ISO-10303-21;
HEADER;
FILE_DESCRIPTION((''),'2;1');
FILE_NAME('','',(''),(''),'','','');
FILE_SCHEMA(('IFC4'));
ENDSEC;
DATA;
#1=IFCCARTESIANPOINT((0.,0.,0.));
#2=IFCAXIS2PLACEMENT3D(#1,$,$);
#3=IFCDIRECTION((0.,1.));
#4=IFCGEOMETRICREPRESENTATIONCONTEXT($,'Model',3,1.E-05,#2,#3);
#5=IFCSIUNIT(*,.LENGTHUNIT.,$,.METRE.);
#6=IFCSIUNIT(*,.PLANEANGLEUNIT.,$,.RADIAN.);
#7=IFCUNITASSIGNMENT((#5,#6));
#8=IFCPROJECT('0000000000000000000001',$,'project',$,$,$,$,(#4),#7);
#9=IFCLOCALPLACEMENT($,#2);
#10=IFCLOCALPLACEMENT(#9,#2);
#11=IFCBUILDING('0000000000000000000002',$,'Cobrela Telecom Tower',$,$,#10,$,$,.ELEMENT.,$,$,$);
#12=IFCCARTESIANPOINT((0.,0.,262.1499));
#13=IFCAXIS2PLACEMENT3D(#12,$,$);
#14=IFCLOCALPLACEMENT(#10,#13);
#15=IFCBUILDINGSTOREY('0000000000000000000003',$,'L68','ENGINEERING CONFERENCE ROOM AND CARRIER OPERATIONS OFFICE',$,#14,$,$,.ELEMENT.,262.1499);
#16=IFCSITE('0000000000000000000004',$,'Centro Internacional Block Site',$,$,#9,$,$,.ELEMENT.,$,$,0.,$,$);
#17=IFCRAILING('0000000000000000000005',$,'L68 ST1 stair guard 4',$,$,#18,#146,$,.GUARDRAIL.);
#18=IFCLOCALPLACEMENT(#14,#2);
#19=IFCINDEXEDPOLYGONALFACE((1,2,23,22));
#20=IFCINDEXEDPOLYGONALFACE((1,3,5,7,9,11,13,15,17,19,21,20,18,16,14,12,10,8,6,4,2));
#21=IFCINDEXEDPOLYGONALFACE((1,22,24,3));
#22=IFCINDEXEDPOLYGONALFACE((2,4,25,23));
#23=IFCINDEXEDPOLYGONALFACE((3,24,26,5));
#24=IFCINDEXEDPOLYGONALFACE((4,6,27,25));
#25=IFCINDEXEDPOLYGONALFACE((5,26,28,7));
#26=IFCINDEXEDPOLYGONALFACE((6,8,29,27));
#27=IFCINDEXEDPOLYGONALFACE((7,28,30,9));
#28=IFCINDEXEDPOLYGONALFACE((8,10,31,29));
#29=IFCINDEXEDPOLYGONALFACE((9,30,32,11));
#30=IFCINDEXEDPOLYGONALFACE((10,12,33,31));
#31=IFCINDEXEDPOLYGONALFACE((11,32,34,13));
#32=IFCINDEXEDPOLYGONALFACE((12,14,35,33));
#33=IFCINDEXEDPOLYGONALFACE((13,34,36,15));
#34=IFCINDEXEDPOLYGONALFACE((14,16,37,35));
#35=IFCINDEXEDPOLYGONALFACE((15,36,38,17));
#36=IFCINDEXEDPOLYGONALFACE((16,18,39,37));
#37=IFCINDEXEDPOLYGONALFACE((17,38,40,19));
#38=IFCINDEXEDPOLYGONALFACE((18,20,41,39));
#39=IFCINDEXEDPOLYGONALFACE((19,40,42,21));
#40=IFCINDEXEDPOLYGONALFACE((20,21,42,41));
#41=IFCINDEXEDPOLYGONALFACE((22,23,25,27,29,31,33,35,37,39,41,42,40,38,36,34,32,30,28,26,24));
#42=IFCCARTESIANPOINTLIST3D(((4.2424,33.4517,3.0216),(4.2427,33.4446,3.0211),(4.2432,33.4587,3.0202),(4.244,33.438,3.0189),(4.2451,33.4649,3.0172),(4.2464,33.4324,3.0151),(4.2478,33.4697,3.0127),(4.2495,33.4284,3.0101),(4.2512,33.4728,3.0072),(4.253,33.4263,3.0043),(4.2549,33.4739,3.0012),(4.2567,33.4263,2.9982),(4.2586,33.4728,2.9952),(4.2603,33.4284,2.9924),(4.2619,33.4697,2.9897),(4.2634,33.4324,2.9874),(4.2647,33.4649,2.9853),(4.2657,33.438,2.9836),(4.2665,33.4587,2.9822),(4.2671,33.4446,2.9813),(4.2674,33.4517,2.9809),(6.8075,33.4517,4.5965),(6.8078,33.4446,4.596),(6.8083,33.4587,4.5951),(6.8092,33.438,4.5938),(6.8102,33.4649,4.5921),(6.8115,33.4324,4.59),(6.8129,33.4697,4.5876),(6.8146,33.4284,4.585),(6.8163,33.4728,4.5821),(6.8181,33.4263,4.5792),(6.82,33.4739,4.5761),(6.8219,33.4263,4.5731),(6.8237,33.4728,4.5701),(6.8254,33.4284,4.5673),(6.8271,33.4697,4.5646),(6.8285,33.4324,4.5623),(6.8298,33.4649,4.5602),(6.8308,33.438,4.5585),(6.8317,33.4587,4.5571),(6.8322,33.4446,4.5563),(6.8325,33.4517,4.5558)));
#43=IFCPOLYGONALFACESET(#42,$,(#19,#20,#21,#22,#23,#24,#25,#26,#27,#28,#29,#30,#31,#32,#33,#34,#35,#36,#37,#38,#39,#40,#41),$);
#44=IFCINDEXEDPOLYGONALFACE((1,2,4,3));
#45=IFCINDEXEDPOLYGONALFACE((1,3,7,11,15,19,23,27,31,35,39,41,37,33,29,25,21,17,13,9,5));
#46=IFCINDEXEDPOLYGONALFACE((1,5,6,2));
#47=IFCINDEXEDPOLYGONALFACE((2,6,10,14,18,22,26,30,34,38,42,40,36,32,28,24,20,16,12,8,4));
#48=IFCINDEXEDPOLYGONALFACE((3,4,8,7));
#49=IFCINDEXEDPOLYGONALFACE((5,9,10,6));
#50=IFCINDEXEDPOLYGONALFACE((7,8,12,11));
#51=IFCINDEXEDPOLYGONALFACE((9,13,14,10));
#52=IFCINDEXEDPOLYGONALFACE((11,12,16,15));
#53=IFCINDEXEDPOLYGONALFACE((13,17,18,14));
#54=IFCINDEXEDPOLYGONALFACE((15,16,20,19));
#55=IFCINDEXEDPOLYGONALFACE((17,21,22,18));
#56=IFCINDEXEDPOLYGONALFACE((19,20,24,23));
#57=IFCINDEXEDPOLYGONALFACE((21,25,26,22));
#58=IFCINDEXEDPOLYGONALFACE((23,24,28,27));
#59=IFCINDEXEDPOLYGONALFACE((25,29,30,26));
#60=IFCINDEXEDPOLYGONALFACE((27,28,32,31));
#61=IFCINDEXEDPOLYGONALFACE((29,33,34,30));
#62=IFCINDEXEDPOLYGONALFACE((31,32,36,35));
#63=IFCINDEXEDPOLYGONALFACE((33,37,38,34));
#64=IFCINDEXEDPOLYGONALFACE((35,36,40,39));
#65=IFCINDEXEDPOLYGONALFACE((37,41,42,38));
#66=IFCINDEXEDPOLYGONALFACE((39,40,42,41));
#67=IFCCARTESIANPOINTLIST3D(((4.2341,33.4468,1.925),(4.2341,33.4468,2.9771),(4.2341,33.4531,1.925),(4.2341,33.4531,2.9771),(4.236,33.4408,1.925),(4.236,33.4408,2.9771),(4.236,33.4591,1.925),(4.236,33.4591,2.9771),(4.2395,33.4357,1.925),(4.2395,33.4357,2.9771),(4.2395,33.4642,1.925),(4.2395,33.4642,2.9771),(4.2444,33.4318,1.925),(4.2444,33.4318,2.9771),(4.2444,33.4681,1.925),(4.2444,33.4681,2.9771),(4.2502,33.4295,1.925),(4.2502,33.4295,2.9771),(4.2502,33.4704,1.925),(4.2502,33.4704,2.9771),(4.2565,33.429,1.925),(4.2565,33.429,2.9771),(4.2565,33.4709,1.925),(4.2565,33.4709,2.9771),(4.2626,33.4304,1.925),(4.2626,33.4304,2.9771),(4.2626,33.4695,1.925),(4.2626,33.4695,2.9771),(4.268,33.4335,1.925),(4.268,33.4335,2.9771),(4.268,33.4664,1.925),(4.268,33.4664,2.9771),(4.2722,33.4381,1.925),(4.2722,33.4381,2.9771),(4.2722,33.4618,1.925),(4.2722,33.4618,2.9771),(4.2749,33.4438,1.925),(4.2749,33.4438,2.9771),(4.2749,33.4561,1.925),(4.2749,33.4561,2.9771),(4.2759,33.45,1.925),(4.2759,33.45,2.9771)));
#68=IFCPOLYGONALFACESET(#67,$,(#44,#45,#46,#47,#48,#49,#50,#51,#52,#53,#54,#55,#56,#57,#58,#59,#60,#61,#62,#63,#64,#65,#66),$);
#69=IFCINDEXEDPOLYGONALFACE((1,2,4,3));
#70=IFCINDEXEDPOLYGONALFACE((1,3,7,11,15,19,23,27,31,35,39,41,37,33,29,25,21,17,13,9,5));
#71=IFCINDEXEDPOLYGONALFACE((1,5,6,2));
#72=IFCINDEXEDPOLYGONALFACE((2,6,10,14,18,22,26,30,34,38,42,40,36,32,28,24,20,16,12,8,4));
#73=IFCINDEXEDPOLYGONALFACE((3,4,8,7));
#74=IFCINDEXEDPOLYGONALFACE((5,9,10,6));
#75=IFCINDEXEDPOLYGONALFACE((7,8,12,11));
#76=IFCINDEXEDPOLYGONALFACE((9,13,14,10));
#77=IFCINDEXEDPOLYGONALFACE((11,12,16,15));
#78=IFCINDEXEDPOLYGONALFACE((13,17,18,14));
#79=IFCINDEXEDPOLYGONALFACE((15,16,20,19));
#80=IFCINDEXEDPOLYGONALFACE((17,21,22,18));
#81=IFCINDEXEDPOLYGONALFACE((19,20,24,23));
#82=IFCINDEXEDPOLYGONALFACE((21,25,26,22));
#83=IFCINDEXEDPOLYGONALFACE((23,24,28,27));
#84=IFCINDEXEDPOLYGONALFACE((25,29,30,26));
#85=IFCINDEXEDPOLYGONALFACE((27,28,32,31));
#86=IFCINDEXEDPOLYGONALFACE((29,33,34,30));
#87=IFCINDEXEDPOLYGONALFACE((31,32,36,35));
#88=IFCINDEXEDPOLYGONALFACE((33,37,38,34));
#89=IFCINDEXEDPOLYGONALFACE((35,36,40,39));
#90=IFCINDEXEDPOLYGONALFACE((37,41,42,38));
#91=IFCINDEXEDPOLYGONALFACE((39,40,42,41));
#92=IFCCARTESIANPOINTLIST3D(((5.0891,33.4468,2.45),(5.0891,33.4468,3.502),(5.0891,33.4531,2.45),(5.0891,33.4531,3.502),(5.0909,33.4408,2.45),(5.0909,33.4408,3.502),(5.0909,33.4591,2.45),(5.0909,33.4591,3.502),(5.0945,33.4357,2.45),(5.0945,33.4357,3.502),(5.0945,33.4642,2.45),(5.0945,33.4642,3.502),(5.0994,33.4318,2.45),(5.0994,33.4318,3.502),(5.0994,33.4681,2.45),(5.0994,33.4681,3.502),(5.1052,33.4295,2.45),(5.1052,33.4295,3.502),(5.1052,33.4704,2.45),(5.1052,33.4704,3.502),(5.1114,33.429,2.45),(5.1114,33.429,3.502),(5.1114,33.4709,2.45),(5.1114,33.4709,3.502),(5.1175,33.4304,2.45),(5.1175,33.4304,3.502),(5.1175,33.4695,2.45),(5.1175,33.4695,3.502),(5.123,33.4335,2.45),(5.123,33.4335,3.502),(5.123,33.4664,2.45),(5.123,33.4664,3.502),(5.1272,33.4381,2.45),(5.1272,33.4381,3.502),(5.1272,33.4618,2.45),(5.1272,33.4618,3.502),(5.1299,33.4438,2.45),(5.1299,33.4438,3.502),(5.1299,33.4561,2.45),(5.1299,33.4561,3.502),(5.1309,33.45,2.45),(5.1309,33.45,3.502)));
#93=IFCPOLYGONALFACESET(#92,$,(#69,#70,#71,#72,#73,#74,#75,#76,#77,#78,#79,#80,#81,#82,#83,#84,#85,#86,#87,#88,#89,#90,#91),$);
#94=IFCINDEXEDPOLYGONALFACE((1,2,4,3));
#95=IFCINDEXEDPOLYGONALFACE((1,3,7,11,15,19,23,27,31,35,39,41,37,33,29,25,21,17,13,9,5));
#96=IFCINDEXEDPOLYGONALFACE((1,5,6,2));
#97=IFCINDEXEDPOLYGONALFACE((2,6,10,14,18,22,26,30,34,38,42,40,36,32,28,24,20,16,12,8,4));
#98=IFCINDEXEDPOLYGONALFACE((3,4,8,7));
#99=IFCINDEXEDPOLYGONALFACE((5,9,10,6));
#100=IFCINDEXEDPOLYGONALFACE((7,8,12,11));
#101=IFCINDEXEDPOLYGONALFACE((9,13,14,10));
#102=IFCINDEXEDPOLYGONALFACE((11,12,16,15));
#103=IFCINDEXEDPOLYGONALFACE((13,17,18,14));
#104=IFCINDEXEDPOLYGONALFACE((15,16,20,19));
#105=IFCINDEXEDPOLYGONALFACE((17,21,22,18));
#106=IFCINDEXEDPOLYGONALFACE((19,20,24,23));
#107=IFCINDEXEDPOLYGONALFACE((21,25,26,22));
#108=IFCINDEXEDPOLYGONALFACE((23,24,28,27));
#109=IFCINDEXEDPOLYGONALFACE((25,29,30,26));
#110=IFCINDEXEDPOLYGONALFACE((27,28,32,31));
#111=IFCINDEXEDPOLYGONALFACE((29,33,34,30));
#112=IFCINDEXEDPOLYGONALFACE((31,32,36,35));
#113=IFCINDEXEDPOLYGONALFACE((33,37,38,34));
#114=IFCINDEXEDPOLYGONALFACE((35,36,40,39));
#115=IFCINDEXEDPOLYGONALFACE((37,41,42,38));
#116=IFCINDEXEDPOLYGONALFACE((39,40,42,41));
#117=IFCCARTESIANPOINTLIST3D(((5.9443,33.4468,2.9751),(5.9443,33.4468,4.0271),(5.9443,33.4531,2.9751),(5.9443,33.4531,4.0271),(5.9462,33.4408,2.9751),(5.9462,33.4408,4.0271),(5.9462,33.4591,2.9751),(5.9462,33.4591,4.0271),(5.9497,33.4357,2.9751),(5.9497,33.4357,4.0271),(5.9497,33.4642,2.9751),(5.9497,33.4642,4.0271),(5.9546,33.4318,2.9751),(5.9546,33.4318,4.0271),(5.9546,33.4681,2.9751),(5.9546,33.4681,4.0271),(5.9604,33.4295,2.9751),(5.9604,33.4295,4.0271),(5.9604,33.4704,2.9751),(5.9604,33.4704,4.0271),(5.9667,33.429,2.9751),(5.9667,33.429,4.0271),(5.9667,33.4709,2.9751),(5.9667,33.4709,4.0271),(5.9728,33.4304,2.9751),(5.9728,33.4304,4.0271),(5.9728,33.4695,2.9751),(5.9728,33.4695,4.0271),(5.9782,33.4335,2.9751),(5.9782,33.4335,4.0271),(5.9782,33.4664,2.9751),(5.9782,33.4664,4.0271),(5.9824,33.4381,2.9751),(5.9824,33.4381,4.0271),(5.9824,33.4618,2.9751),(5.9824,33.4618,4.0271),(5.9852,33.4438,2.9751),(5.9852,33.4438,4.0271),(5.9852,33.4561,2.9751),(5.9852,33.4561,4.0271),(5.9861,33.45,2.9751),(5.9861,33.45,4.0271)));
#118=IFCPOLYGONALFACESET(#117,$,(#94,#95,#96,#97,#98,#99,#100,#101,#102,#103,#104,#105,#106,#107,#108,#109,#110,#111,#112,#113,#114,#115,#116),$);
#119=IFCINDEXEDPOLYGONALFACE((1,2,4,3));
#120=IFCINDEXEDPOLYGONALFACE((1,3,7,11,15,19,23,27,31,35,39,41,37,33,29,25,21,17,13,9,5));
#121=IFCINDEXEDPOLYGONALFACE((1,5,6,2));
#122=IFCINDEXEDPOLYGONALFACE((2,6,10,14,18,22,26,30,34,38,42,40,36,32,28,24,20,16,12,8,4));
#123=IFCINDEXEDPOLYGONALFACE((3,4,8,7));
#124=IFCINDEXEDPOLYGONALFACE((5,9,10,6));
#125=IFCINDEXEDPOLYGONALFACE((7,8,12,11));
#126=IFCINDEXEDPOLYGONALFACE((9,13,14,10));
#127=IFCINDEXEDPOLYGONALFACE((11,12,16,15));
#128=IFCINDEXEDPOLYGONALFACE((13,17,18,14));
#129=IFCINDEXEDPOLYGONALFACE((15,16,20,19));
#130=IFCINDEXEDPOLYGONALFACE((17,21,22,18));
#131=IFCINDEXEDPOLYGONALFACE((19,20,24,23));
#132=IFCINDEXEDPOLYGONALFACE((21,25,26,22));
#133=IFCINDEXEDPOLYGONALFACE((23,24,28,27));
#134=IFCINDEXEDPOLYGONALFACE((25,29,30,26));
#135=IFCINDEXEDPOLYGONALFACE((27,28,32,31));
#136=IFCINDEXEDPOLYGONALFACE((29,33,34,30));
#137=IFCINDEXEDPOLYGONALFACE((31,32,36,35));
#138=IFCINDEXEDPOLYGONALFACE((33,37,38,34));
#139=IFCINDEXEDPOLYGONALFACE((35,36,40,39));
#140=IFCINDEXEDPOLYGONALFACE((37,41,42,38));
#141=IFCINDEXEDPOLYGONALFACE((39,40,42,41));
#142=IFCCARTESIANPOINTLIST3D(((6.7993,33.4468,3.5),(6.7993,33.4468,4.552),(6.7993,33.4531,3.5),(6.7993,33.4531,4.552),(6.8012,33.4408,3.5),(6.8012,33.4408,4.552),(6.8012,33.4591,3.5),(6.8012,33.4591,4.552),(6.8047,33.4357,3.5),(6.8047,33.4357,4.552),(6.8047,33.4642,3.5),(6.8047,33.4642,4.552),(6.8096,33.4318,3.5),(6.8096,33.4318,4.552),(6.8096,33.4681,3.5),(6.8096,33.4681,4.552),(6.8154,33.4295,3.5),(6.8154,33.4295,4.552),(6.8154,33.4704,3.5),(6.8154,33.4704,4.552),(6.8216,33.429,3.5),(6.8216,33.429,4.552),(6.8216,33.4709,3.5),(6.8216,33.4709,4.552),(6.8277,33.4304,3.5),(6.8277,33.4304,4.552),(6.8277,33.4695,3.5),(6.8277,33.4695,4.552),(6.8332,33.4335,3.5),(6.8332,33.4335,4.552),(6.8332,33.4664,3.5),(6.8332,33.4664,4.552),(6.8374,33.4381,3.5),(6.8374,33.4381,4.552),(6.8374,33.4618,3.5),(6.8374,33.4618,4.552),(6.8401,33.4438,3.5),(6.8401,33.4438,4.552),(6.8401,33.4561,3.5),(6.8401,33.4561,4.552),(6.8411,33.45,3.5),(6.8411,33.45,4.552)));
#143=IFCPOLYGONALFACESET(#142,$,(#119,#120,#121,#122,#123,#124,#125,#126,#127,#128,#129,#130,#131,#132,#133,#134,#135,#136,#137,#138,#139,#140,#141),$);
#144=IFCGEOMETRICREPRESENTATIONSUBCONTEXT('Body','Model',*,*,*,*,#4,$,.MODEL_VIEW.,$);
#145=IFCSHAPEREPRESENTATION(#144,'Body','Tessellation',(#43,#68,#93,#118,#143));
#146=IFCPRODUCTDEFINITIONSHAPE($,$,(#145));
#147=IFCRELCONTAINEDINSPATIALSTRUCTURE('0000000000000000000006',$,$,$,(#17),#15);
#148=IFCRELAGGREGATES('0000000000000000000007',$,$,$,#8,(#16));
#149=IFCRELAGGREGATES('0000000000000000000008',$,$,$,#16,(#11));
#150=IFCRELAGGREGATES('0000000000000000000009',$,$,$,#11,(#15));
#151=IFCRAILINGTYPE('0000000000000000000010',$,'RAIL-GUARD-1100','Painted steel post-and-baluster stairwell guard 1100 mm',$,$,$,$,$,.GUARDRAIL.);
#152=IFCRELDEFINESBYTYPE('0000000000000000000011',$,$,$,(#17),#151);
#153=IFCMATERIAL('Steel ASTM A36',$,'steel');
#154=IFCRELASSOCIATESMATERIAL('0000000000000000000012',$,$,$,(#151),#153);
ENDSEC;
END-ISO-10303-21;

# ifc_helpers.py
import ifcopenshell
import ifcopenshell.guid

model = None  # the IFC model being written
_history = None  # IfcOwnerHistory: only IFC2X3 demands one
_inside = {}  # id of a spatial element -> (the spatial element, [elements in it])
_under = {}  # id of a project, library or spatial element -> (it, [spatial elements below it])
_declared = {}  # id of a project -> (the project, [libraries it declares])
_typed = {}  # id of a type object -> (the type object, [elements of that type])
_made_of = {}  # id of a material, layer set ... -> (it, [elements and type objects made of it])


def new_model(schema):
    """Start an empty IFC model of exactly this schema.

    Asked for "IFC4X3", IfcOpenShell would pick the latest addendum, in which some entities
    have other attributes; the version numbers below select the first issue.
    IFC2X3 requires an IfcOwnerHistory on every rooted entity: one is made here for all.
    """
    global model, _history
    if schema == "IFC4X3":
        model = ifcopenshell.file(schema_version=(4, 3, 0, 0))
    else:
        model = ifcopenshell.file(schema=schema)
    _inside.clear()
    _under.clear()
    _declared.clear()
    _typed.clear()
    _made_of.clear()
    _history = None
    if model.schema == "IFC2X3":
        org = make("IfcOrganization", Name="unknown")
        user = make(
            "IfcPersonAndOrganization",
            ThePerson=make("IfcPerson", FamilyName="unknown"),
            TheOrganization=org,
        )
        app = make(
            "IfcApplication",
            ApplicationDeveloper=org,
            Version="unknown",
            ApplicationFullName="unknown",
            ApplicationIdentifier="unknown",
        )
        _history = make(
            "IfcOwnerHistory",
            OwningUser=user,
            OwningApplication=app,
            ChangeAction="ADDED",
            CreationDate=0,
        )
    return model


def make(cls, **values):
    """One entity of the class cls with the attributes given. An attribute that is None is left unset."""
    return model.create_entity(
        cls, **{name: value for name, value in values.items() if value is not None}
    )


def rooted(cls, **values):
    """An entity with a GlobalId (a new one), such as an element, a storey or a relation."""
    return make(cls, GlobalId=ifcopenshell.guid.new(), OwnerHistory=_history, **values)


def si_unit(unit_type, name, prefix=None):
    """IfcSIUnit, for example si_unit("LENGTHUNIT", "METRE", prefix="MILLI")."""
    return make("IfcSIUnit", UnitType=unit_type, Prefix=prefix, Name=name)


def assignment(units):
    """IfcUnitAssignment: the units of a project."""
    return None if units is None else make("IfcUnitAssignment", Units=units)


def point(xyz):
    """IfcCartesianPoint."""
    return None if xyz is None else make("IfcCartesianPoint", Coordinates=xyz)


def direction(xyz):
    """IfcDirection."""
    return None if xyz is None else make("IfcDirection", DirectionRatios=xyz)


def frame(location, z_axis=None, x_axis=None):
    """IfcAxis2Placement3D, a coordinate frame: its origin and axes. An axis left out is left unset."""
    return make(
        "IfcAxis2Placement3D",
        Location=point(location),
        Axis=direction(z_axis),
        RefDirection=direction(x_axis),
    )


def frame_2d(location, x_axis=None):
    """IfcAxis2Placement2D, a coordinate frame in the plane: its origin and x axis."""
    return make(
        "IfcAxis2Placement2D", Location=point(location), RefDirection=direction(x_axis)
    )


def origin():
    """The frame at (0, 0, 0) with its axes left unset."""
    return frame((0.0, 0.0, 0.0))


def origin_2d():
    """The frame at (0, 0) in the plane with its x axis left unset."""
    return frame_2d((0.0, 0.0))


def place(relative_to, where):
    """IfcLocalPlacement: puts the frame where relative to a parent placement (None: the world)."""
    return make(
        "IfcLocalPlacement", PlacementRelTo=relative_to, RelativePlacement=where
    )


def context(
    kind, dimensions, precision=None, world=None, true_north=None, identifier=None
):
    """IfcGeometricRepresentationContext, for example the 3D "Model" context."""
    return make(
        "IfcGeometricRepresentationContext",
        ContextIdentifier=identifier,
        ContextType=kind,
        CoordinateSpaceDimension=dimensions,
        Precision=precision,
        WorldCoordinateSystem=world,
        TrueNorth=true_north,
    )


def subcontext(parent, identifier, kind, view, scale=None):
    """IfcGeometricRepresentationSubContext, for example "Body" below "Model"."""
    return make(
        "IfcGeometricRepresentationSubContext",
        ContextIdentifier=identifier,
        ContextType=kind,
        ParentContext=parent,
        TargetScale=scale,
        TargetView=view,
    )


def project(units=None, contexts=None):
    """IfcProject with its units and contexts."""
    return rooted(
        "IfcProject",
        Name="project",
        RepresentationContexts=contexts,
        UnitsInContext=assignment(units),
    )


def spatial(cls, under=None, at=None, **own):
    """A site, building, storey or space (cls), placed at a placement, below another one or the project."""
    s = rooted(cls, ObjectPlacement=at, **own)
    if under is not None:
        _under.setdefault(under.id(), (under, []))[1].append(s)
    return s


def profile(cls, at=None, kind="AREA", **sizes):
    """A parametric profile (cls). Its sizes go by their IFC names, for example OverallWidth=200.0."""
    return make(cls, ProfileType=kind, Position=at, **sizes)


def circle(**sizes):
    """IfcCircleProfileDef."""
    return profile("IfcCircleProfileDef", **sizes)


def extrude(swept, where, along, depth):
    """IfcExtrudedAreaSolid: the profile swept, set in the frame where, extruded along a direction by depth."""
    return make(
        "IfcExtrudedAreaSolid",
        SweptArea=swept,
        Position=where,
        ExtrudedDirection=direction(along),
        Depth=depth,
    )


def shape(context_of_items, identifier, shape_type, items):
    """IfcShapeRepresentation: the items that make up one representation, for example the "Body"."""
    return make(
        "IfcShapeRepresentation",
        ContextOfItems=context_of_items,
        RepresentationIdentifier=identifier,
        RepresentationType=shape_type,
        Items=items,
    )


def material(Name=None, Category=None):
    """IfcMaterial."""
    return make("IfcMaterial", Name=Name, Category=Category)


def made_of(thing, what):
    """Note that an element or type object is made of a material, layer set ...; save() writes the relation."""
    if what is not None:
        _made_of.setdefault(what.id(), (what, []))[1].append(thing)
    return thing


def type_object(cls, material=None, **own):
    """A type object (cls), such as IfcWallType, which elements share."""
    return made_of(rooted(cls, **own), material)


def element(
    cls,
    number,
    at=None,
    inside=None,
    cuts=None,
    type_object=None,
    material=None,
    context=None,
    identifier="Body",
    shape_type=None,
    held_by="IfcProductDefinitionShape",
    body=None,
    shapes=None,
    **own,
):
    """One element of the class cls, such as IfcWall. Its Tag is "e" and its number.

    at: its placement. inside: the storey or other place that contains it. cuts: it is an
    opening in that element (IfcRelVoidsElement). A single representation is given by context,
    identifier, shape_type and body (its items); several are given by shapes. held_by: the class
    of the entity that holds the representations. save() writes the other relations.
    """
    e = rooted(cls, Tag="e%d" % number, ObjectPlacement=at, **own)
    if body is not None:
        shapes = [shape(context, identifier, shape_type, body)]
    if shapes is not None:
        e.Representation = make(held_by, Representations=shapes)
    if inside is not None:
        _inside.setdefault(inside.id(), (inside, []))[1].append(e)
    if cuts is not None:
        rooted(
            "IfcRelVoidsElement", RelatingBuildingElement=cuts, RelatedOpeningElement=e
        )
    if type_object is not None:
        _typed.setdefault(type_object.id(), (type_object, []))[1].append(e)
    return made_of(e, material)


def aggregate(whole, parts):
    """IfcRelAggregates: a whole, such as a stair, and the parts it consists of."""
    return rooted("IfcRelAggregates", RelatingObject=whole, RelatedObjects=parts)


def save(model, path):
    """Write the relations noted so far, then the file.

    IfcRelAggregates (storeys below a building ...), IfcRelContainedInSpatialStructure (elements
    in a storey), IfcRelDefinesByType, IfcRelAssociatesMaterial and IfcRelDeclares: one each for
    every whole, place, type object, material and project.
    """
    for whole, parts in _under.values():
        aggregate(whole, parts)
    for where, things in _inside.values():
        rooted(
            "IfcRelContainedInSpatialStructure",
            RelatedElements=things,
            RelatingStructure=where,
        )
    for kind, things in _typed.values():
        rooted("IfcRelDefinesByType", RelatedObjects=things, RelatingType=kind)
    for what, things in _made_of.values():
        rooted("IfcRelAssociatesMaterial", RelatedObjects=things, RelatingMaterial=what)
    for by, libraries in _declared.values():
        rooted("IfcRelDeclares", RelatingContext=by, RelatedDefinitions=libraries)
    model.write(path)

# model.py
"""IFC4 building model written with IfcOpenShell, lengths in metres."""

from ifc_helpers import new_model, si_unit, direction, frame, origin, origin_2d, place, context, subcontext, project, spatial, circle, extrude, material, type_object, element, save


model = new_model("IFC4")

# Units and contexts
model_context = context("Model", 3, precision=1e-05, world=origin(), true_north=direction((0.0, 1.0)))
body_context = subcontext(model_context, "Body", "Model", "MODEL_VIEW")
ifc_project = project(units=[si_unit("LENGTHUNIT", "METRE"), si_unit("PLANEANGLEUNIT", "RADIAN")], contexts=[model_context])

# Site, building, storey
site_placement = place(None, origin())
site = spatial("IfcSite", under=ifc_project, at=site_placement, Name="Centro Internacional Block Site", CompositionType="ELEMENT", RefElevation=0.0)
building_placement = place(site_placement, origin())
building = spatial("IfcBuilding", under=site, at=building_placement, Name="Cobrela Telecom Tower", CompositionType="ELEMENT")
storey_placement = place(building_placement, frame((0.0, 0.0, 262.1499)))
storey = spatial("IfcBuildingStorey", under=building, at=storey_placement, Name="L68", Description="ENGINEERING CONFERENCE ROOM AND CARRIER OPERATIONS OFFICE", CompositionType="ELEMENT", Elevation=262.1499)

# Shared definitions
ifc_material_1 = material(Name="Steel ASTM A36", Category="steel")

# Railing
railing_type_1 = type_object("IfcRailingType", Name="RAIL-GUARD-1100", Description="Painted steel post-and-baluster stairwell guard 1100 mm", PredefinedType="GUARDRAIL", material=ifc_material_1)
railing_1_placement = place(storey_placement, frame((4.2549, 33.45, 1.925)))
element("IfcRailing", 1, at=railing_1_placement, inside=storey, type_object=railing_type_1, Name="L68 ST1 stair guard 4", PredefinedType="GUARDRAIL", context=body_context, shape_type="SweptSolid", body=[
    extrude(circle(Radius=0.0239, at=origin_2d()), frame((0.0, 0.0, 1.0762), z_axis=(0.852195, 0.0, 0.523224), x_axis=(0.0, 1.0, 0.0)), (0.0, 0.0, 1.0), 3.01),
    extrude(circle(Radius=0.021, at=origin_2d()), origin(), (0.0, 0.0, 1.0), 1.052),
    extrude(circle(Radius=0.021, at=origin_2d()), frame((0.855, 0.0, 0.5249)), (0.0, 0.0, 1.0), 1.052),
    extrude(circle(Radius=0.021, at=origin_2d()), frame((1.7102, 0.0, 1.05)), (0.0, 0.0, 1.0), 1.052),
    extrude(circle(Radius=0.021, at=origin_2d()), frame((2.5652, 0.0, 1.575)), (0.0, 0.0, 1.0), 1.052),
])

save(model, "model.ifc")
